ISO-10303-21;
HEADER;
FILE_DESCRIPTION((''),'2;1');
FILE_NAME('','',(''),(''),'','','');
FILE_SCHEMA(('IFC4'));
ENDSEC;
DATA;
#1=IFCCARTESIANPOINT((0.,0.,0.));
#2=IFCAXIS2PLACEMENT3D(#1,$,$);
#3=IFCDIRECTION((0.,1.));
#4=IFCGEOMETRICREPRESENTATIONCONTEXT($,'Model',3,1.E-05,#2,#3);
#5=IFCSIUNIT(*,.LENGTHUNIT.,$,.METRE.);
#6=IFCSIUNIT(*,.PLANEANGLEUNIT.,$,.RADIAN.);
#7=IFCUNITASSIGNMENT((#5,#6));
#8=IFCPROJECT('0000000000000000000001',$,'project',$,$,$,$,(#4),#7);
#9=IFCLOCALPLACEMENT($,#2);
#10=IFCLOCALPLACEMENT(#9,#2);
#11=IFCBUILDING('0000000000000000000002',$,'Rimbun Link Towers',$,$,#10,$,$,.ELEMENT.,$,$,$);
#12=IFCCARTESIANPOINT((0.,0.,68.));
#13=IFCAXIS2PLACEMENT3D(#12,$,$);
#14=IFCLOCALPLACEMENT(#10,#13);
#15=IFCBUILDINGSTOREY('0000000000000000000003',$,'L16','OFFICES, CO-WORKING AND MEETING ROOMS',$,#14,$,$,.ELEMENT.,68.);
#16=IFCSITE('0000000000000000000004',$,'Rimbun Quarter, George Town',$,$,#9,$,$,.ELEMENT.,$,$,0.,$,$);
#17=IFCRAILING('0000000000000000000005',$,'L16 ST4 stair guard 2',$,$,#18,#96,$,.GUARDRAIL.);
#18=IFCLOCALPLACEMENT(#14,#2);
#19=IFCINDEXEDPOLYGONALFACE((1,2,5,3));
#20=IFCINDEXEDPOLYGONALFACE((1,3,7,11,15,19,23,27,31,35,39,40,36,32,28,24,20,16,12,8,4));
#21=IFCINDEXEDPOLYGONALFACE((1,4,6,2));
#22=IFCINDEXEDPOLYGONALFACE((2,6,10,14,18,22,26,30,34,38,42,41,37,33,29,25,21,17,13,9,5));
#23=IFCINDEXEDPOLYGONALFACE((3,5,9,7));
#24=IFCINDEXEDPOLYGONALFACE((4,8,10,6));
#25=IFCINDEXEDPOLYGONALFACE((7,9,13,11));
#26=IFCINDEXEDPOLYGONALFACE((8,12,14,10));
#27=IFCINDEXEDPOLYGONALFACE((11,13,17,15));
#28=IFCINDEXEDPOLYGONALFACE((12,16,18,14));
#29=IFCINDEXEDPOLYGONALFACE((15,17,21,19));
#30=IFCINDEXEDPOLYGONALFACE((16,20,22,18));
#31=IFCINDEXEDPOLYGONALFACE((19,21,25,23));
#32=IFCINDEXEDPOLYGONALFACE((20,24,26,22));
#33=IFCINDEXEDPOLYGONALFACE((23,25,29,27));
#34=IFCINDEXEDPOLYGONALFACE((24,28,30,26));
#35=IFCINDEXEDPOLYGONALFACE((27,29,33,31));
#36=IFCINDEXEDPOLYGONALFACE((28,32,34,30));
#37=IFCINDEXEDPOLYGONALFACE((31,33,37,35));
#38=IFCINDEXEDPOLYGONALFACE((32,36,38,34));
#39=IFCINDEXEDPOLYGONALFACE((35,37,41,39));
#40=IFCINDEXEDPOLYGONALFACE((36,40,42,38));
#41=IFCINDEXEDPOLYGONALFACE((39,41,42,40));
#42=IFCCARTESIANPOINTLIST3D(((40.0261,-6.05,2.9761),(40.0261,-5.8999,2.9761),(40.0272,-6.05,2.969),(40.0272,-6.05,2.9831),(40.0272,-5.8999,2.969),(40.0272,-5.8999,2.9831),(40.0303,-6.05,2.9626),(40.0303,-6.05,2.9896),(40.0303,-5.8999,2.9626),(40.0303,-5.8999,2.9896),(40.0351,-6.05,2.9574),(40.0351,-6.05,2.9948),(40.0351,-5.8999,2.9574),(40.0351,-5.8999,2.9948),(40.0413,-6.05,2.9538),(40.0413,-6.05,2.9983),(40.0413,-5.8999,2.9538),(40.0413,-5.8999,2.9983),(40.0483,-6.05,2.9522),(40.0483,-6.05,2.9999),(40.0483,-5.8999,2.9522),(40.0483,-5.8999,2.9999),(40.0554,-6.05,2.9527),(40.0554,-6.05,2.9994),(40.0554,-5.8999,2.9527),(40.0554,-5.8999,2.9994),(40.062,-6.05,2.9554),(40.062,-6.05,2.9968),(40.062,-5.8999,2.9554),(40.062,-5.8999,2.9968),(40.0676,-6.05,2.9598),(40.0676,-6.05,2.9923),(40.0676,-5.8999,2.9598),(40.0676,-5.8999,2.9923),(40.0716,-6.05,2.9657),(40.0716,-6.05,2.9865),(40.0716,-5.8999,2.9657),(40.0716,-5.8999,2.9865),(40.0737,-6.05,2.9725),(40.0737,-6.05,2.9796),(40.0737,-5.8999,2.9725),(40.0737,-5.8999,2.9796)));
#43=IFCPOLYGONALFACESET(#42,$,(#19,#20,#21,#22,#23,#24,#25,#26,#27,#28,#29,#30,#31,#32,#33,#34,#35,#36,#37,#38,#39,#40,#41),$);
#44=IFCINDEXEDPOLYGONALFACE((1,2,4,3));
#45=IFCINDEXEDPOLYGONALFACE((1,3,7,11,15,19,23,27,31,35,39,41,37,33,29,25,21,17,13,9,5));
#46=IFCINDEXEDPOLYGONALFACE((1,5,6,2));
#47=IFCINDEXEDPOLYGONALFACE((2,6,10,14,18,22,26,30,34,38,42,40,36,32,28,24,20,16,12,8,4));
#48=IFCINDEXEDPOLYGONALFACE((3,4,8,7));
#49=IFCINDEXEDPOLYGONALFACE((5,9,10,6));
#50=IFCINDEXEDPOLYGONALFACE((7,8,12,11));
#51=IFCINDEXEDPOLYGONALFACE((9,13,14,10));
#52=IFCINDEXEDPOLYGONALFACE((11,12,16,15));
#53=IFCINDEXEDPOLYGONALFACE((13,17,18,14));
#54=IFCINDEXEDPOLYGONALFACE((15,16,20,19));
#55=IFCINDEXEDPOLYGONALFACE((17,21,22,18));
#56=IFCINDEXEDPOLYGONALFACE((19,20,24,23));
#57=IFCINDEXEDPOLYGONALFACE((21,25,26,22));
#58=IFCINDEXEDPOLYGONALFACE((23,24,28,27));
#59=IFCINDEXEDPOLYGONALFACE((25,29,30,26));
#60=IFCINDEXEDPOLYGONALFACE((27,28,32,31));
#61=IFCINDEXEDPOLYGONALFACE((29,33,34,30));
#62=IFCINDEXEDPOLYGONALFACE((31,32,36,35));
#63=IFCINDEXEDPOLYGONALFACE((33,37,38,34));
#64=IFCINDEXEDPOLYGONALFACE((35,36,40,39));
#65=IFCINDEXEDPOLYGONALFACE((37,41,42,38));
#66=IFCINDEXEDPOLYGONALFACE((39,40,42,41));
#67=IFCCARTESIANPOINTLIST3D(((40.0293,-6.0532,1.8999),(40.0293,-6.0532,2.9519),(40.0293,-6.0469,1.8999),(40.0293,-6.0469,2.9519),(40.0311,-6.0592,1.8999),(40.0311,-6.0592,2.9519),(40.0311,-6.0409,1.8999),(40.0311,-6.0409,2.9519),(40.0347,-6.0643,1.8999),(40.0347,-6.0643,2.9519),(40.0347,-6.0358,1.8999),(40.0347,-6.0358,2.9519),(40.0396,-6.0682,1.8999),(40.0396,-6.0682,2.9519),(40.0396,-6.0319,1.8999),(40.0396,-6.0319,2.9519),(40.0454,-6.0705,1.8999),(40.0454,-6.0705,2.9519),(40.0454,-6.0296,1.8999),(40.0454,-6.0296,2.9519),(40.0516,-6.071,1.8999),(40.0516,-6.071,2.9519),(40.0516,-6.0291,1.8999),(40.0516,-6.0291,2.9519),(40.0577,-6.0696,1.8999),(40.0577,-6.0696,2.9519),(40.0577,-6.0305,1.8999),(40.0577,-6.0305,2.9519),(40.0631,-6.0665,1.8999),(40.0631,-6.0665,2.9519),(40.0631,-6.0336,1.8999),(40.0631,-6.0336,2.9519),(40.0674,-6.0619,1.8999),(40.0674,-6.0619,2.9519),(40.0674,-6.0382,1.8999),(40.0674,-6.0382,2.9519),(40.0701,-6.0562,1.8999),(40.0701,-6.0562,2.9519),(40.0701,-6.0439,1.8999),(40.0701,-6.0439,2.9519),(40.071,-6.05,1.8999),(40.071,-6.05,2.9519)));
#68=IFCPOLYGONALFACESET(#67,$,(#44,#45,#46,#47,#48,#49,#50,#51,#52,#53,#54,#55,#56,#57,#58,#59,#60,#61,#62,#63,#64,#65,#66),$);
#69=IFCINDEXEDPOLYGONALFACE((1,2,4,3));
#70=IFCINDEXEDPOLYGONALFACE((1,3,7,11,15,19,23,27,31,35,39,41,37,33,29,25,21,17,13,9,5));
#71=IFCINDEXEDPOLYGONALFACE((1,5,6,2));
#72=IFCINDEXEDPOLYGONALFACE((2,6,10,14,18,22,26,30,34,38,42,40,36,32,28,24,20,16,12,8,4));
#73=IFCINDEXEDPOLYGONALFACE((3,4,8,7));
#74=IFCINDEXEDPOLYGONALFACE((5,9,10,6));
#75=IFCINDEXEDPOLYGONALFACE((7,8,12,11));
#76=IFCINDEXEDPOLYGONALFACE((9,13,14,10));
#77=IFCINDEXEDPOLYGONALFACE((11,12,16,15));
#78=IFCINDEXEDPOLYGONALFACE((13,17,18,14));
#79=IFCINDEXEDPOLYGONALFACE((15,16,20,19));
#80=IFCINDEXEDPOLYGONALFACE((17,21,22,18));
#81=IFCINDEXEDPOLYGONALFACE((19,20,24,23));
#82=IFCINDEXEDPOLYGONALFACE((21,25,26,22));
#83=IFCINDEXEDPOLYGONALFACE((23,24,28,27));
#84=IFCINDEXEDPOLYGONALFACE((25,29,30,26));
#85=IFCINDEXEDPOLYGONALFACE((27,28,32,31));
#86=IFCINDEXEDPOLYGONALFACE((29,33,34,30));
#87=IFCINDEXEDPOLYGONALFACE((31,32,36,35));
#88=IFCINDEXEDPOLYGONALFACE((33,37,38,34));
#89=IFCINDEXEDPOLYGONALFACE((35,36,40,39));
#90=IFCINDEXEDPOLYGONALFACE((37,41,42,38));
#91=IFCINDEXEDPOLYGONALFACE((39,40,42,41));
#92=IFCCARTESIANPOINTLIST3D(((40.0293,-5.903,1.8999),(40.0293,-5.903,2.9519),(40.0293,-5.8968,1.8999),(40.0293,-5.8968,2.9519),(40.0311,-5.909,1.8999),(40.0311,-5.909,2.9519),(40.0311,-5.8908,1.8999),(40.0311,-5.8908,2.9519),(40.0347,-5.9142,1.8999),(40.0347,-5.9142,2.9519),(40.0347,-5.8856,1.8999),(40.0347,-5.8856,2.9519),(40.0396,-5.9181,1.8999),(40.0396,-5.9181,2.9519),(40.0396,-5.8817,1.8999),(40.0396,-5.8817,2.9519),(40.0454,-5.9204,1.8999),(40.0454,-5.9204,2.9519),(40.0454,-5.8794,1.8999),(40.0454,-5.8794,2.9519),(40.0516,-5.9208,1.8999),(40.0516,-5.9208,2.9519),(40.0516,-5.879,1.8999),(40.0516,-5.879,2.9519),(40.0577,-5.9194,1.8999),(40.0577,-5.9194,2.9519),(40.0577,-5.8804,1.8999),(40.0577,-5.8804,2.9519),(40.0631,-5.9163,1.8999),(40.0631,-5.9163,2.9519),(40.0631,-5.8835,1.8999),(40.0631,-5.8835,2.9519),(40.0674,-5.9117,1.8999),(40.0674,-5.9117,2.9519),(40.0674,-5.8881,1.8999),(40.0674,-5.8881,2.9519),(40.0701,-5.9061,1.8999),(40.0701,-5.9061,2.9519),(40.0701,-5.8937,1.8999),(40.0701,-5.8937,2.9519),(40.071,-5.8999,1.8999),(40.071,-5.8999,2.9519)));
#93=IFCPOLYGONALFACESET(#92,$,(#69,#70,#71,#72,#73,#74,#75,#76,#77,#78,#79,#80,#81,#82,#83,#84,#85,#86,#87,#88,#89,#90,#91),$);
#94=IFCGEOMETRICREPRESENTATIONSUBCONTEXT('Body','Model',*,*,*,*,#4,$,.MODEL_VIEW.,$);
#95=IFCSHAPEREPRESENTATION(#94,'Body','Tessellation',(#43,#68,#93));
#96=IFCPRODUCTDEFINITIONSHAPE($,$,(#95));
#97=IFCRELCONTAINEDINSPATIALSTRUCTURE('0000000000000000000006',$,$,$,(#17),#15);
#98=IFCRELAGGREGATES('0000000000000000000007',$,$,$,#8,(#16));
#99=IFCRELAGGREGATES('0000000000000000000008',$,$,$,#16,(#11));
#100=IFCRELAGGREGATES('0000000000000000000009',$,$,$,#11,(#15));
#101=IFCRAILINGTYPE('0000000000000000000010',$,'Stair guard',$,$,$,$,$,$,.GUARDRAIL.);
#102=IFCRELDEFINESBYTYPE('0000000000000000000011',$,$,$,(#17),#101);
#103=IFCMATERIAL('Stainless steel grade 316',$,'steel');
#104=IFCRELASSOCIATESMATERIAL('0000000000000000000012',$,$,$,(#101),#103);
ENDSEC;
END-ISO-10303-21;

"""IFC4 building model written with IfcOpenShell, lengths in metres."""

from ifc_helpers import new_model, si_unit, direction, frame, origin, origin_2d, place, context, subcontext, project, spatial, circle, extrude, material, type_object, element, save


model = new_model("IFC4")

# Units and contexts
model_context = context("Model", 3, precision=1e-05, world=origin(), true_north=direction((0.0, 1.0)))
body_context = subcontext(model_context, "Body", "Model", "MODEL_VIEW")
ifc_project = project(units=[si_unit("LENGTHUNIT", "METRE"), si_unit("PLANEANGLEUNIT", "RADIAN")], contexts=[model_context])

# Site, building, storey
site_placement = place(None, origin())
site = spatial("IfcSite", under=ifc_project, at=site_placement, Name="Rimbun Quarter, George Town", CompositionType="ELEMENT", RefElevation=0.0)
building_placement = place(site_placement, origin())
building = spatial("IfcBuilding", under=site, at=building_placement, Name="Rimbun Link Towers", CompositionType="ELEMENT")
storey_placement = place(building_placement, frame((0.0, 0.0, 68.0)))
storey = spatial("IfcBuildingStorey", under=building, at=storey_placement, Name="L16", Description="OFFICES, CO-WORKING AND MEETING ROOMS", CompositionType="ELEMENT", Elevation=68.0)

# Railing
ifc_material_1 = material(Name="Stainless steel grade 316", Category="steel")
railing_type_1 = type_object("IfcRailingType", Name="Stair guard", PredefinedType="GUARDRAIL", material=ifc_material_1)
railing_1_placement = place(storey_placement, frame((40.05, -6.05, 1.8999)))
element("IfcRailing", 1, at=railing_1_placement, inside=storey, type_object=railing_type_1, Name="L16 ST4 stair guard 2", PredefinedType="GUARDRAIL", context=body_context, shape_type="SweptSolid", body=[
    extrude(circle(Radius=0.0239, at=origin_2d()), frame((0.0, 0.0, 1.0762), z_axis=(0.0, 1.0, 0.0), x_axis=(-1.0, 0.0, 0.0)), (0.0, 0.0, 1.0), 0.1501),
    extrude(circle(Radius=0.021, at=origin_2d()), origin(), (0.0, 0.0, 1.0), 1.052),
    extrude(circle(Radius=0.021, at=origin_2d()), frame((0.0, 0.1501, 0.0)), (0.0, 0.0, 1.0), 1.052),
])

save(model, "model.ifc")
